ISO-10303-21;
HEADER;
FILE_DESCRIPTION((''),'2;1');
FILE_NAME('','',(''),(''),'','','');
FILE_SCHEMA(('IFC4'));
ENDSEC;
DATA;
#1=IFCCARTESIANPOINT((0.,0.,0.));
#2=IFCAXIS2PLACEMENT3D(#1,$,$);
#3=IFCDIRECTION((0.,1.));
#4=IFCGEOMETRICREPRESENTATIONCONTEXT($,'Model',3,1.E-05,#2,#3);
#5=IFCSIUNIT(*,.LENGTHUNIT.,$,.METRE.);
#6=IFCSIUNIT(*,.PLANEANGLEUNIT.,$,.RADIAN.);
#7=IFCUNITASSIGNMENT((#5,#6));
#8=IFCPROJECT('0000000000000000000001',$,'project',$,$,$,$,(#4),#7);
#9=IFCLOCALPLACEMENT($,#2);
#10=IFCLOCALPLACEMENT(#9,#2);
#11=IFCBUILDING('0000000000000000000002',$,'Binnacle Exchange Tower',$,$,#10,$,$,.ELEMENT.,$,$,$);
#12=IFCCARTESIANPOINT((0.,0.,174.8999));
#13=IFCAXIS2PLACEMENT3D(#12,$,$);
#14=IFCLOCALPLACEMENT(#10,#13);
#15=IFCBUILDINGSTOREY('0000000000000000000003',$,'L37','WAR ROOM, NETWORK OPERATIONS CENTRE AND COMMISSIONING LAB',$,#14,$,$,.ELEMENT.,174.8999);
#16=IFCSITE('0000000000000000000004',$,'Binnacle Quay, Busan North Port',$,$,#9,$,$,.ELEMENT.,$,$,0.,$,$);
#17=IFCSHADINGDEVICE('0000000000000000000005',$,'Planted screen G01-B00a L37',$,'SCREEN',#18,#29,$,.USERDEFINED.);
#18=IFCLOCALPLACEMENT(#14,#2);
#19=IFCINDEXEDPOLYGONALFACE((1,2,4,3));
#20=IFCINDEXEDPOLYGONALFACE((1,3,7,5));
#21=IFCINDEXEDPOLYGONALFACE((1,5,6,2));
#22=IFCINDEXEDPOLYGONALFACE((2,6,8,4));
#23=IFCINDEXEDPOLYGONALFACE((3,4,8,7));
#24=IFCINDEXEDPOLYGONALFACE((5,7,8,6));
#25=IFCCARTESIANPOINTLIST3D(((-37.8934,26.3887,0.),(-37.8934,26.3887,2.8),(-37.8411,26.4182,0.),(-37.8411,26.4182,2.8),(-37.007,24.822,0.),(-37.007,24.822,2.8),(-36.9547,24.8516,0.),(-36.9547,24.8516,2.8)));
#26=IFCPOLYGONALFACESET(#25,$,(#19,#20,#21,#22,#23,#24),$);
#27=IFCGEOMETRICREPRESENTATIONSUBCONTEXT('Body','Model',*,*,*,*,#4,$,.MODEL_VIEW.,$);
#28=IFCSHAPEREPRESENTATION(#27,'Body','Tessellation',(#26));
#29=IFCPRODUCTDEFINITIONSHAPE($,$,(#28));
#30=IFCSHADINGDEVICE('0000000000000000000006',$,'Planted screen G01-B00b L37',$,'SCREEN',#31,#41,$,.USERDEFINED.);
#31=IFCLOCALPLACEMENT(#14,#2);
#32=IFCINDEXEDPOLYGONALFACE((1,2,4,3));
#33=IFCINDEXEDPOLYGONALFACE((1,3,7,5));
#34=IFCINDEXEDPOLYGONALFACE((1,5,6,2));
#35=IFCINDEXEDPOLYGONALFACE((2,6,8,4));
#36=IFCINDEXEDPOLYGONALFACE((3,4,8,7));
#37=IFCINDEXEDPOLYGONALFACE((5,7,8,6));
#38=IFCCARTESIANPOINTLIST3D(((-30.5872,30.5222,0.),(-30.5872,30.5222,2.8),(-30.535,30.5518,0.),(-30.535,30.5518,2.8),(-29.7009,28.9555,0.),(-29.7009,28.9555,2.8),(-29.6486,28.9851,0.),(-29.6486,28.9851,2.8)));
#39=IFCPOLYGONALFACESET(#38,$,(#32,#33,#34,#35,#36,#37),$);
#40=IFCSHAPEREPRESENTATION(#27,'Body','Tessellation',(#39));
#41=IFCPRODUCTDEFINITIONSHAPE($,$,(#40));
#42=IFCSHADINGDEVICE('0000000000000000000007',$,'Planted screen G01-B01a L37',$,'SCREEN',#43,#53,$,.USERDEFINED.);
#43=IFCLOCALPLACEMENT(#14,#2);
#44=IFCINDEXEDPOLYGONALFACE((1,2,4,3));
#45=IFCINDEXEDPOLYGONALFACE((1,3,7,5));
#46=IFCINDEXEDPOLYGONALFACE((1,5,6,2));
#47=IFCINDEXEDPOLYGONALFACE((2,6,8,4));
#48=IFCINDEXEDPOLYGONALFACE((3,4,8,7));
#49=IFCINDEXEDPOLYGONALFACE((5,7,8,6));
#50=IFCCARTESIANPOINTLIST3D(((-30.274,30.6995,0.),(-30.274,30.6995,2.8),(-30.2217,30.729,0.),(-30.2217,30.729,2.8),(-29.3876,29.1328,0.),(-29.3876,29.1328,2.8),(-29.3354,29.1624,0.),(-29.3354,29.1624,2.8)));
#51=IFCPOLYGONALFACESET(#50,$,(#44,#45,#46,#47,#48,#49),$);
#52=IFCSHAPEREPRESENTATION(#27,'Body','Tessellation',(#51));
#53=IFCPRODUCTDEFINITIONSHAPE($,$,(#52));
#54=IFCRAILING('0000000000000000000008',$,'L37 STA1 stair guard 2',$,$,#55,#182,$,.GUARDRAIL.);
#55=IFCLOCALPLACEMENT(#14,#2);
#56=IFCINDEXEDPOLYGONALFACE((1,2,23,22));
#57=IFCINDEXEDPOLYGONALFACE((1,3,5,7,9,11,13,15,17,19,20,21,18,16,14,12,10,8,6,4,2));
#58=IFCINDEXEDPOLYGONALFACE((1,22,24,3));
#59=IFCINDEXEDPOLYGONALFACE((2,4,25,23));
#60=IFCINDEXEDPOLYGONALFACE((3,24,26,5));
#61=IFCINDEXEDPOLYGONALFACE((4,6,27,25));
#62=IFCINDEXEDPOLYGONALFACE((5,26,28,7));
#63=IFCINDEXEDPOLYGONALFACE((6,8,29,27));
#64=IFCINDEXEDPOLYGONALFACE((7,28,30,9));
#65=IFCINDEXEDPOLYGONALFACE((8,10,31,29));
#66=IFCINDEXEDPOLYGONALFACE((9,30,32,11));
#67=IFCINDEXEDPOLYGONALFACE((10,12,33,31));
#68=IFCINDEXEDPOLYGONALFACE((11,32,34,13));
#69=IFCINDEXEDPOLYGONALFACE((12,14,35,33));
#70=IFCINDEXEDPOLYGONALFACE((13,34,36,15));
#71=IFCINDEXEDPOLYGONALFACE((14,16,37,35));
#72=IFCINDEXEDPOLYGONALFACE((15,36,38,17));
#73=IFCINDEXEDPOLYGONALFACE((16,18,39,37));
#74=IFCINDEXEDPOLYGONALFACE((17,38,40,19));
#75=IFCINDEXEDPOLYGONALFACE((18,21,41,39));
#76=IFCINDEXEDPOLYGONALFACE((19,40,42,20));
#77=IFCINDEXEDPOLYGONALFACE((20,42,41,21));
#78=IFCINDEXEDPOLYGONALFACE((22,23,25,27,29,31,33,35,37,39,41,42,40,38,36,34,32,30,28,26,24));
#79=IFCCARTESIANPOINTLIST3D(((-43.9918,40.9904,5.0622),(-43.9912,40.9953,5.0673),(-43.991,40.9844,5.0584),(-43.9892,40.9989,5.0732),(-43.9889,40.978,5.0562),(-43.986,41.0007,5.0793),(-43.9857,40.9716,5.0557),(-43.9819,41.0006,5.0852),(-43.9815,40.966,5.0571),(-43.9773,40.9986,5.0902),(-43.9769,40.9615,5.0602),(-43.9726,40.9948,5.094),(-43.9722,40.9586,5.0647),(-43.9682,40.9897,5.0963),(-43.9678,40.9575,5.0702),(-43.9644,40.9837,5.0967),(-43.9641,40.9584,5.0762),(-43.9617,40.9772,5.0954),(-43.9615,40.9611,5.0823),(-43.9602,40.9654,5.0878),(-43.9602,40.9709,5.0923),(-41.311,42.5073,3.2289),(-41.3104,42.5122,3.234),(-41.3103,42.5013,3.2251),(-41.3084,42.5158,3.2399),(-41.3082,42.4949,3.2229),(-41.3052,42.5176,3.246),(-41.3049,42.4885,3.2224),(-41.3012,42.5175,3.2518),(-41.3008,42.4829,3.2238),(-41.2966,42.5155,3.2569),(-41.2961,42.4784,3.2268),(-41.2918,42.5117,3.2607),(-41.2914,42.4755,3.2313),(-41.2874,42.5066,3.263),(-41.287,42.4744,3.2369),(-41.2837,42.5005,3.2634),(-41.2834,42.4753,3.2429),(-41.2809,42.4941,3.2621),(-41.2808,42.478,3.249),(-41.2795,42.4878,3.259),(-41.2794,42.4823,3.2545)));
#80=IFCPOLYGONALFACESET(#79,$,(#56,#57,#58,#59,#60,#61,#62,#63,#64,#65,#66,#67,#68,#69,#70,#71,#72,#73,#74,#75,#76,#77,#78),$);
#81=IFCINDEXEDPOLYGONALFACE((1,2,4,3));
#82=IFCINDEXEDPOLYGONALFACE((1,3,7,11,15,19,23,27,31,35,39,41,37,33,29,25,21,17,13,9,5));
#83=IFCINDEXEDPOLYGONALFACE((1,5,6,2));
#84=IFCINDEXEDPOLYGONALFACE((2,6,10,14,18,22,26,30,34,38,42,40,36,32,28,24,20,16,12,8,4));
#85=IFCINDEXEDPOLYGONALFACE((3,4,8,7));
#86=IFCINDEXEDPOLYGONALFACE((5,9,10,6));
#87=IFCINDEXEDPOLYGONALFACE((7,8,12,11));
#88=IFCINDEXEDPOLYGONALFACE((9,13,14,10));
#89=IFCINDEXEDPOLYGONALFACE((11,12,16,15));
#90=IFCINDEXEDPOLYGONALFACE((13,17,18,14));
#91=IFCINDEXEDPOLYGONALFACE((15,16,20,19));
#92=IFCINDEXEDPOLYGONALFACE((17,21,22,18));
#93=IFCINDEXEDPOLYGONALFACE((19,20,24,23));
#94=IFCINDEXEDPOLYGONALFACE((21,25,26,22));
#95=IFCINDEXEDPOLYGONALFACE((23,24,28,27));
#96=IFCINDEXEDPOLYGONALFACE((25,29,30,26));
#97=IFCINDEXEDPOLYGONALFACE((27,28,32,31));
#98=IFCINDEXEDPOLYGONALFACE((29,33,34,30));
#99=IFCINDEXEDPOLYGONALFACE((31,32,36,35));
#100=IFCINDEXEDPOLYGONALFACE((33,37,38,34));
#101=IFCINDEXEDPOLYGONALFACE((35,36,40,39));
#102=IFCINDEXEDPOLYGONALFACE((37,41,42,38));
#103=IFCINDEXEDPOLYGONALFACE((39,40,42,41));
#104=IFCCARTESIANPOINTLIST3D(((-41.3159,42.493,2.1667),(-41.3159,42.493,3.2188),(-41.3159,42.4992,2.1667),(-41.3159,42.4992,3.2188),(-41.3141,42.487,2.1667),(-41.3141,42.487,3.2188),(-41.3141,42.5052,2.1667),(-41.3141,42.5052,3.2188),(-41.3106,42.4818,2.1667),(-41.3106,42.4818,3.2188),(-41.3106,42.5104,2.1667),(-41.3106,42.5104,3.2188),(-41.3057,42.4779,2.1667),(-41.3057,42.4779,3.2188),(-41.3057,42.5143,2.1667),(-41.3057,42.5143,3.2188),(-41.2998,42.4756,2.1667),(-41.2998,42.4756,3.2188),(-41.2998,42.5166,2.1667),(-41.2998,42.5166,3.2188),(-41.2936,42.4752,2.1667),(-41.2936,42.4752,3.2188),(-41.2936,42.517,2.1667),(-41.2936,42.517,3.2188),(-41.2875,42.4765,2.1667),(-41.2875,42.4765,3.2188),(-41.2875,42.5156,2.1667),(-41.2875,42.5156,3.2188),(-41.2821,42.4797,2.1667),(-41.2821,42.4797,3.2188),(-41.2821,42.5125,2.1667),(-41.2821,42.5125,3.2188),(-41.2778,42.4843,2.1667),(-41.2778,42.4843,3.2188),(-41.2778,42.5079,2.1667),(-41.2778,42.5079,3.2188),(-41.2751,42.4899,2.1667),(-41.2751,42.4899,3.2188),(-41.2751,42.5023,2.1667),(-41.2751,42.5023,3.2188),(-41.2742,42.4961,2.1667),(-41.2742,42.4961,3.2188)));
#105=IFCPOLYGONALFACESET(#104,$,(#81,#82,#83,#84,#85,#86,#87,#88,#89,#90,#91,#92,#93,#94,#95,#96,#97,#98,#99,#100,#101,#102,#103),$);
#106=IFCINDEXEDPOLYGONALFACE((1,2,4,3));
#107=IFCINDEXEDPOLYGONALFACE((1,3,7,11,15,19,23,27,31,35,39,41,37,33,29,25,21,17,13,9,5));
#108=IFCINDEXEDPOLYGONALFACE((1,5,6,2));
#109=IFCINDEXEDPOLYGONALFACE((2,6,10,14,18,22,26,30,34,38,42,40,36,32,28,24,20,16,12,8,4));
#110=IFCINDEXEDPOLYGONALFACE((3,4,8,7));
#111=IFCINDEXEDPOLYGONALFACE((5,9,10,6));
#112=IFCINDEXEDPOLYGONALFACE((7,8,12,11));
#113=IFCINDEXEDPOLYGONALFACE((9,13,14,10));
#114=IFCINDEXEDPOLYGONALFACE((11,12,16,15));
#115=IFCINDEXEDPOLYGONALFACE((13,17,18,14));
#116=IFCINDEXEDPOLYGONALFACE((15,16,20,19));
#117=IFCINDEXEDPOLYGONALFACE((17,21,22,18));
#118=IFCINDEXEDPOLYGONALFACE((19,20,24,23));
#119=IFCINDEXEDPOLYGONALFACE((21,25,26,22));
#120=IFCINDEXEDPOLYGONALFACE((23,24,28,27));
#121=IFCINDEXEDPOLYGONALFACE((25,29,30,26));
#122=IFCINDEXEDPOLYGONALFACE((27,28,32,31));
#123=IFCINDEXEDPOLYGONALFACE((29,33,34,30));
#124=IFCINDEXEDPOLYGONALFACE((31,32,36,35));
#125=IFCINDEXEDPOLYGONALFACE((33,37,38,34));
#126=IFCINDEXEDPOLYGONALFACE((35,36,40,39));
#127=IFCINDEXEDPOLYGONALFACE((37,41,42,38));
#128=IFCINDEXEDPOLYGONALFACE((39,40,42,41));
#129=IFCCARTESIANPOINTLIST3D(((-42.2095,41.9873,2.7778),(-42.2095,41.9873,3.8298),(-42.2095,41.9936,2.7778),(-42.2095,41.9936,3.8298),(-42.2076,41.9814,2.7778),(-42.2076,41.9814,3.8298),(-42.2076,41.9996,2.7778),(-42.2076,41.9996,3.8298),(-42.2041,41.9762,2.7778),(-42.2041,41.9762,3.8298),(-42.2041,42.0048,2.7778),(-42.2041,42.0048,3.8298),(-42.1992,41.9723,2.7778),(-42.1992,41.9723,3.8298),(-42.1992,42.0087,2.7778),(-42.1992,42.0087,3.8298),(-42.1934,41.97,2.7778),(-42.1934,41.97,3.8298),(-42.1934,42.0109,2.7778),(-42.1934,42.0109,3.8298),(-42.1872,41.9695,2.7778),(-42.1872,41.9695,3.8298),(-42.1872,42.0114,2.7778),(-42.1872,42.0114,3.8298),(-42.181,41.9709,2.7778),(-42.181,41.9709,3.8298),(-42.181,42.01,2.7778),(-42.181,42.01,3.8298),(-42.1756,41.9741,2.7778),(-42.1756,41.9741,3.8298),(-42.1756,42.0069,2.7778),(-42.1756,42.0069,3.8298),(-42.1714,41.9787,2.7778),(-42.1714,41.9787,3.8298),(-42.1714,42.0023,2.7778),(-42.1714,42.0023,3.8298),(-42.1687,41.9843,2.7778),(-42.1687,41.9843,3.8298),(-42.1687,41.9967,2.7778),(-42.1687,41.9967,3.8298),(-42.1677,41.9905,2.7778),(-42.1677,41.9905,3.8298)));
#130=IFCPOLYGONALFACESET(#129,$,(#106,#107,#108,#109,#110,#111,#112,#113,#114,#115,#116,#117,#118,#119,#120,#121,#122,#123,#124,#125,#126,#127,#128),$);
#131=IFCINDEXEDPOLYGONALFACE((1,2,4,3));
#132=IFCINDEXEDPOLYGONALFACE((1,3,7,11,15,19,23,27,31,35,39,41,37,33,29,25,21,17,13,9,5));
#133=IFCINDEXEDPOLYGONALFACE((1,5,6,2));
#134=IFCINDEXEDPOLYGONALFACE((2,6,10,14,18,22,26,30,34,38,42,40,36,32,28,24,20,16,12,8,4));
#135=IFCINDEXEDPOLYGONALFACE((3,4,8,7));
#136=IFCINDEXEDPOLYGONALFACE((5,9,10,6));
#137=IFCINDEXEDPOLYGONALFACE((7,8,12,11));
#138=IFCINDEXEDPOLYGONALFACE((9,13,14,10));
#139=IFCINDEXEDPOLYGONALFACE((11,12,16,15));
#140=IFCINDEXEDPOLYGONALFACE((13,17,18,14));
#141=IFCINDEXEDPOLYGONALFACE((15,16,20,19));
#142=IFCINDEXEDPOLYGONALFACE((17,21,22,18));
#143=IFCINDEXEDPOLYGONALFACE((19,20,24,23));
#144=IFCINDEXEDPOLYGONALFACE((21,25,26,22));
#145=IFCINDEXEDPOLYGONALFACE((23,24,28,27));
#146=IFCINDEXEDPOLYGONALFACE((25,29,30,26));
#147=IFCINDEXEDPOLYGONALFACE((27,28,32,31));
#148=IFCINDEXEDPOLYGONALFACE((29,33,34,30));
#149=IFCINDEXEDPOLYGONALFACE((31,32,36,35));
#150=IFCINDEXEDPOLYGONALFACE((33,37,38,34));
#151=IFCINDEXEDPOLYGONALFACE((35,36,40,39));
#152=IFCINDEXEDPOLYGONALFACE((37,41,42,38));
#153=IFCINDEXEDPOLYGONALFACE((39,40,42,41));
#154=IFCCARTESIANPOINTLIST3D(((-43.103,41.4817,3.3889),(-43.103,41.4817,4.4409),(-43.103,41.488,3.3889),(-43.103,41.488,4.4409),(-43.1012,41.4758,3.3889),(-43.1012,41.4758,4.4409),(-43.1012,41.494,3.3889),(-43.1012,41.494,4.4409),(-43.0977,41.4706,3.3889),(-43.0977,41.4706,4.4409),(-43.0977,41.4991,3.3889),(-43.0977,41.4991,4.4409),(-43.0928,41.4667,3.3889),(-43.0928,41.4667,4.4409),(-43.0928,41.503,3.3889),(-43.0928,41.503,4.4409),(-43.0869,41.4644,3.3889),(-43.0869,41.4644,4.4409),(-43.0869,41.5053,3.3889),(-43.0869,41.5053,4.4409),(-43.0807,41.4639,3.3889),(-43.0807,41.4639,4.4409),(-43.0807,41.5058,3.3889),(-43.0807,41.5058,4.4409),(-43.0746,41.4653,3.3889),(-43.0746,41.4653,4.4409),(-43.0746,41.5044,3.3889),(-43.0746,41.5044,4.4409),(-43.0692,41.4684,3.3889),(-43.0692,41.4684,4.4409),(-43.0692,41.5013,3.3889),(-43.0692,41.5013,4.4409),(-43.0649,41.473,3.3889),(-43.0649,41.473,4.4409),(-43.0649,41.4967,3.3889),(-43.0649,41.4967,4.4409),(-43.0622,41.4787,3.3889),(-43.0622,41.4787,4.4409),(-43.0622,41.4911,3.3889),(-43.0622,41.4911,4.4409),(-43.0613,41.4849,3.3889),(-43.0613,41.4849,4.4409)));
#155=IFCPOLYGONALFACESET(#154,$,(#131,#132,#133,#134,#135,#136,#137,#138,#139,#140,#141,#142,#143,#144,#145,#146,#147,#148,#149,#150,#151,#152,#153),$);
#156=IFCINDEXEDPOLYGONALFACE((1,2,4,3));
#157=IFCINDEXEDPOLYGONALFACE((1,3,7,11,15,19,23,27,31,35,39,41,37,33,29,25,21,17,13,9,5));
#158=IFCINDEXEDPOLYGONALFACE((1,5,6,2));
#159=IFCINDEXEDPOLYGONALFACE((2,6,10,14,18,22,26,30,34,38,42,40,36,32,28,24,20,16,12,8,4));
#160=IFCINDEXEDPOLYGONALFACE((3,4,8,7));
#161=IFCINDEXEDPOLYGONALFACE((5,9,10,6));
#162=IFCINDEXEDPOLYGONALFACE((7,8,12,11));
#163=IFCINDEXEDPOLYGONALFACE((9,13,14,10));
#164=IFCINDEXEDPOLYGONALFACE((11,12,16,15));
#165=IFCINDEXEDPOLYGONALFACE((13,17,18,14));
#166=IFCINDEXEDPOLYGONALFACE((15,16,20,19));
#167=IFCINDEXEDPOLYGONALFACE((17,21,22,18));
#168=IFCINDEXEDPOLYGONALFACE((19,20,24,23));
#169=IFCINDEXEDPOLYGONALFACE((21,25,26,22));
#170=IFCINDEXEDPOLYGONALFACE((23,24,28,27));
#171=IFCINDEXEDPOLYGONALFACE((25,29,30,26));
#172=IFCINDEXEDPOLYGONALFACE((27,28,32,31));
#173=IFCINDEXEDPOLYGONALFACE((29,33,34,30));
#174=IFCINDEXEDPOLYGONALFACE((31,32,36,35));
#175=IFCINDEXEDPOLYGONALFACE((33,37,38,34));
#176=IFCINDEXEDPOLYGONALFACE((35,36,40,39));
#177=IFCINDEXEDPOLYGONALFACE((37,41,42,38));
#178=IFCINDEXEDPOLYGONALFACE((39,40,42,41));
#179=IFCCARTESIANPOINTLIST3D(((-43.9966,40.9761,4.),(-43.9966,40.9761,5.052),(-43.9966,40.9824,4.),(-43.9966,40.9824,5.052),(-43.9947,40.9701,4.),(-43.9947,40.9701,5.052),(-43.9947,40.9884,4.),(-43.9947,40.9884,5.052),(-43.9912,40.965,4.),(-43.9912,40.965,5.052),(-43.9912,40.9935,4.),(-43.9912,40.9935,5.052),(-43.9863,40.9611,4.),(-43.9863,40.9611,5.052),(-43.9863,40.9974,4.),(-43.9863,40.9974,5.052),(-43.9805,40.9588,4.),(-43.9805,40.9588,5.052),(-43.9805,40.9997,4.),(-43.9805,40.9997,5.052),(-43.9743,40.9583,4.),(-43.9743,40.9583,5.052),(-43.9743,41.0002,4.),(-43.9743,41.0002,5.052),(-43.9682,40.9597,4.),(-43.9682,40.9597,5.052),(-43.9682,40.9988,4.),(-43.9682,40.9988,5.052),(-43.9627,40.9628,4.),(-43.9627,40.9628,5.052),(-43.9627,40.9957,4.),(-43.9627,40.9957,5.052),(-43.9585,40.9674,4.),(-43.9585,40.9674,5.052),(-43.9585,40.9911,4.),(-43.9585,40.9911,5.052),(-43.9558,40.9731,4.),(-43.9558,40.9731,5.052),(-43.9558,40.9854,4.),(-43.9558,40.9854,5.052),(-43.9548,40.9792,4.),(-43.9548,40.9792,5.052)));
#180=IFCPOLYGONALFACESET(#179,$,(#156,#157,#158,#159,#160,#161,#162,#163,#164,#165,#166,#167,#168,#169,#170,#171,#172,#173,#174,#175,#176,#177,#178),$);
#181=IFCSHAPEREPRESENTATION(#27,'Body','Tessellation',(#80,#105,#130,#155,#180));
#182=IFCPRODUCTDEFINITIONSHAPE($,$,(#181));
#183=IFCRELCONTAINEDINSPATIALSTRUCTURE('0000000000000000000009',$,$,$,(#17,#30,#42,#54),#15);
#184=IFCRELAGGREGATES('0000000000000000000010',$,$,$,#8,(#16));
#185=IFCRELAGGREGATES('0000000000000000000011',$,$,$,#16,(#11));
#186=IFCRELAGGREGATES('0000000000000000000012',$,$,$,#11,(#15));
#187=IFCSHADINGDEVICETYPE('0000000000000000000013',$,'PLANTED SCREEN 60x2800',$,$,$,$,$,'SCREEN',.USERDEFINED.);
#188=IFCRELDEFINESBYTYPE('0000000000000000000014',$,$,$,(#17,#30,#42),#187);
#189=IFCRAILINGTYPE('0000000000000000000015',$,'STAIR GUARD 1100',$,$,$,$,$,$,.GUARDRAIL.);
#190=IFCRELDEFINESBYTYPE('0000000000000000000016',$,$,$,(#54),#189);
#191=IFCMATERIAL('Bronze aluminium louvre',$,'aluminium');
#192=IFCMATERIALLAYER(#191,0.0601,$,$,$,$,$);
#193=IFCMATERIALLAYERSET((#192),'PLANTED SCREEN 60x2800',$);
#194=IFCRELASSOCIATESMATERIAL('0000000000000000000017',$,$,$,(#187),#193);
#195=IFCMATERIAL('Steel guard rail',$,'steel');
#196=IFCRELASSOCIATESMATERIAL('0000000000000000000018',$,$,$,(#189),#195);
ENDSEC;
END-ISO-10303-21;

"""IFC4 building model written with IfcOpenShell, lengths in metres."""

from ifc_helpers import new_model, si_unit, direction, frame, origin, origin_2d, place, context, subcontext, project, spatial, rectangle, circle, extrude, material, layer, layer_set, type_object, element, save


model = new_model("IFC4")

# Units and contexts
model_context = context("Model", 3, precision=1e-05, world=origin(), true_north=direction((0.0, 1.0)))
body_context = subcontext(model_context, "Body", "Model", "MODEL_VIEW")
ifc_project = project(units=[si_unit("LENGTHUNIT", "METRE"), si_unit("PLANEANGLEUNIT", "RADIAN")], contexts=[model_context])

# Site, building, storey
site_placement = place(None, origin())
site = spatial("IfcSite", under=ifc_project, at=site_placement, Name="Binnacle Quay, Busan North Port", CompositionType="ELEMENT", RefElevation=0.0)
building_placement = place(site_placement, origin())
building = spatial("IfcBuilding", under=site, at=building_placement, Name="Binnacle Exchange Tower", CompositionType="ELEMENT")
storey_placement = place(building_placement, frame((0.0, 0.0, 174.8999)))
storey = spatial("IfcBuildingStorey", under=building, at=storey_placement, Name="L37", Description="WAR ROOM, NETWORK OPERATIONS CENTRE AND COMMISSIONING LAB", CompositionType="ELEMENT", Elevation=174.8999)

# Shading devices
ifc_material_1 = material(Name="Bronze aluminium louvre", Category="aluminium")
ifc_layer_1 = layer(ifc_material_1, 0.0601)
ifc_layer_set_1 = layer_set([ifc_layer_1], Name="PLANTED SCREEN 60x2800")
shading_device_type = type_object("IfcShadingDeviceType", Name="PLANTED SCREEN 60x2800", ElementType="SCREEN", PredefinedType="USERDEFINED", material=ifc_layer_set_1)
for number, where, z_axis, x_axis, name in (
    (1, (-37.4241, 25.6201, 0.0), (0.0, 0.0, 1.0), (0.870356, 0.492424, 0.0), "Planted screen G01-B00a L37"),
    (2, (-30.1179, 29.7537, 0.0), (0.0, 0.0, 1.0), (0.870356, 0.492424, 0.0), "Planted screen G01-B00b L37"),
    (3, (-29.8047, 29.9309, 0.0), (0.0, 0.0, 1.0), (0.870356, 0.492424, 0.0), "Planted screen G01-B01a L37"),
):
    element("IfcShadingDevice", number, at=place(storey_placement, frame(where, z_axis=z_axis, x_axis=x_axis)), inside=storey, type_object=shading_device_type, Name=name, ObjectType="SCREEN", PredefinedType="USERDEFINED", context=body_context, shape_type="SweptSolid", body=[
        extrude(rectangle(XDim=0.0601, YDim=1.8, at=origin_2d()), origin(), (0.0, 0.0, 1.0), 2.8),
    ])

# Railing
ifc_material_2 = material(Name="Steel guard rail", Category="steel")
railing_type_1 = type_object("IfcRailingType", Name="STAIR GUARD 1100", PredefinedType="GUARDRAIL", material=ifc_material_2)
railing_1_placement = place(storey_placement, frame((-41.2952, 42.4961, 2.1667)))
element("IfcRailing", 4, at=railing_1_placement, inside=storey, type_object=railing_type_1, Name="L37 STA1 stair guard 2", PredefinedType="GUARDRAIL", context=body_context, shape_type="SweptSolid", body=[
    extrude(circle(Radius=0.0239, at=origin_2d()), frame((0.0, 0.0, 1.0762), z_axis=(-0.747879, -0.423185, 0.51146), x_axis=(0.492472, -0.870328, 0.0)), (0.0, 0.0, 1.0), 3.5845),
    extrude(circle(Radius=0.021, at=origin_2d()), origin(), (0.0, 0.0, 1.0), 1.052),
    extrude(circle(Radius=0.021, at=origin_2d()), frame((-0.8936, -0.5056, 0.6111)), (0.0, 0.0, 1.0), 1.052),
    extrude(circle(Radius=0.021, at=origin_2d()), frame((-1.7871, -1.0112, 1.2222)), (0.0, 0.0, 1.0), 1.052),
    extrude(circle(Radius=0.021, at=origin_2d()), frame((-2.6807, -1.5168, 1.8333)), (0.0, 0.0, 1.0), 1.052),
])

save(model, "model.ifc")
